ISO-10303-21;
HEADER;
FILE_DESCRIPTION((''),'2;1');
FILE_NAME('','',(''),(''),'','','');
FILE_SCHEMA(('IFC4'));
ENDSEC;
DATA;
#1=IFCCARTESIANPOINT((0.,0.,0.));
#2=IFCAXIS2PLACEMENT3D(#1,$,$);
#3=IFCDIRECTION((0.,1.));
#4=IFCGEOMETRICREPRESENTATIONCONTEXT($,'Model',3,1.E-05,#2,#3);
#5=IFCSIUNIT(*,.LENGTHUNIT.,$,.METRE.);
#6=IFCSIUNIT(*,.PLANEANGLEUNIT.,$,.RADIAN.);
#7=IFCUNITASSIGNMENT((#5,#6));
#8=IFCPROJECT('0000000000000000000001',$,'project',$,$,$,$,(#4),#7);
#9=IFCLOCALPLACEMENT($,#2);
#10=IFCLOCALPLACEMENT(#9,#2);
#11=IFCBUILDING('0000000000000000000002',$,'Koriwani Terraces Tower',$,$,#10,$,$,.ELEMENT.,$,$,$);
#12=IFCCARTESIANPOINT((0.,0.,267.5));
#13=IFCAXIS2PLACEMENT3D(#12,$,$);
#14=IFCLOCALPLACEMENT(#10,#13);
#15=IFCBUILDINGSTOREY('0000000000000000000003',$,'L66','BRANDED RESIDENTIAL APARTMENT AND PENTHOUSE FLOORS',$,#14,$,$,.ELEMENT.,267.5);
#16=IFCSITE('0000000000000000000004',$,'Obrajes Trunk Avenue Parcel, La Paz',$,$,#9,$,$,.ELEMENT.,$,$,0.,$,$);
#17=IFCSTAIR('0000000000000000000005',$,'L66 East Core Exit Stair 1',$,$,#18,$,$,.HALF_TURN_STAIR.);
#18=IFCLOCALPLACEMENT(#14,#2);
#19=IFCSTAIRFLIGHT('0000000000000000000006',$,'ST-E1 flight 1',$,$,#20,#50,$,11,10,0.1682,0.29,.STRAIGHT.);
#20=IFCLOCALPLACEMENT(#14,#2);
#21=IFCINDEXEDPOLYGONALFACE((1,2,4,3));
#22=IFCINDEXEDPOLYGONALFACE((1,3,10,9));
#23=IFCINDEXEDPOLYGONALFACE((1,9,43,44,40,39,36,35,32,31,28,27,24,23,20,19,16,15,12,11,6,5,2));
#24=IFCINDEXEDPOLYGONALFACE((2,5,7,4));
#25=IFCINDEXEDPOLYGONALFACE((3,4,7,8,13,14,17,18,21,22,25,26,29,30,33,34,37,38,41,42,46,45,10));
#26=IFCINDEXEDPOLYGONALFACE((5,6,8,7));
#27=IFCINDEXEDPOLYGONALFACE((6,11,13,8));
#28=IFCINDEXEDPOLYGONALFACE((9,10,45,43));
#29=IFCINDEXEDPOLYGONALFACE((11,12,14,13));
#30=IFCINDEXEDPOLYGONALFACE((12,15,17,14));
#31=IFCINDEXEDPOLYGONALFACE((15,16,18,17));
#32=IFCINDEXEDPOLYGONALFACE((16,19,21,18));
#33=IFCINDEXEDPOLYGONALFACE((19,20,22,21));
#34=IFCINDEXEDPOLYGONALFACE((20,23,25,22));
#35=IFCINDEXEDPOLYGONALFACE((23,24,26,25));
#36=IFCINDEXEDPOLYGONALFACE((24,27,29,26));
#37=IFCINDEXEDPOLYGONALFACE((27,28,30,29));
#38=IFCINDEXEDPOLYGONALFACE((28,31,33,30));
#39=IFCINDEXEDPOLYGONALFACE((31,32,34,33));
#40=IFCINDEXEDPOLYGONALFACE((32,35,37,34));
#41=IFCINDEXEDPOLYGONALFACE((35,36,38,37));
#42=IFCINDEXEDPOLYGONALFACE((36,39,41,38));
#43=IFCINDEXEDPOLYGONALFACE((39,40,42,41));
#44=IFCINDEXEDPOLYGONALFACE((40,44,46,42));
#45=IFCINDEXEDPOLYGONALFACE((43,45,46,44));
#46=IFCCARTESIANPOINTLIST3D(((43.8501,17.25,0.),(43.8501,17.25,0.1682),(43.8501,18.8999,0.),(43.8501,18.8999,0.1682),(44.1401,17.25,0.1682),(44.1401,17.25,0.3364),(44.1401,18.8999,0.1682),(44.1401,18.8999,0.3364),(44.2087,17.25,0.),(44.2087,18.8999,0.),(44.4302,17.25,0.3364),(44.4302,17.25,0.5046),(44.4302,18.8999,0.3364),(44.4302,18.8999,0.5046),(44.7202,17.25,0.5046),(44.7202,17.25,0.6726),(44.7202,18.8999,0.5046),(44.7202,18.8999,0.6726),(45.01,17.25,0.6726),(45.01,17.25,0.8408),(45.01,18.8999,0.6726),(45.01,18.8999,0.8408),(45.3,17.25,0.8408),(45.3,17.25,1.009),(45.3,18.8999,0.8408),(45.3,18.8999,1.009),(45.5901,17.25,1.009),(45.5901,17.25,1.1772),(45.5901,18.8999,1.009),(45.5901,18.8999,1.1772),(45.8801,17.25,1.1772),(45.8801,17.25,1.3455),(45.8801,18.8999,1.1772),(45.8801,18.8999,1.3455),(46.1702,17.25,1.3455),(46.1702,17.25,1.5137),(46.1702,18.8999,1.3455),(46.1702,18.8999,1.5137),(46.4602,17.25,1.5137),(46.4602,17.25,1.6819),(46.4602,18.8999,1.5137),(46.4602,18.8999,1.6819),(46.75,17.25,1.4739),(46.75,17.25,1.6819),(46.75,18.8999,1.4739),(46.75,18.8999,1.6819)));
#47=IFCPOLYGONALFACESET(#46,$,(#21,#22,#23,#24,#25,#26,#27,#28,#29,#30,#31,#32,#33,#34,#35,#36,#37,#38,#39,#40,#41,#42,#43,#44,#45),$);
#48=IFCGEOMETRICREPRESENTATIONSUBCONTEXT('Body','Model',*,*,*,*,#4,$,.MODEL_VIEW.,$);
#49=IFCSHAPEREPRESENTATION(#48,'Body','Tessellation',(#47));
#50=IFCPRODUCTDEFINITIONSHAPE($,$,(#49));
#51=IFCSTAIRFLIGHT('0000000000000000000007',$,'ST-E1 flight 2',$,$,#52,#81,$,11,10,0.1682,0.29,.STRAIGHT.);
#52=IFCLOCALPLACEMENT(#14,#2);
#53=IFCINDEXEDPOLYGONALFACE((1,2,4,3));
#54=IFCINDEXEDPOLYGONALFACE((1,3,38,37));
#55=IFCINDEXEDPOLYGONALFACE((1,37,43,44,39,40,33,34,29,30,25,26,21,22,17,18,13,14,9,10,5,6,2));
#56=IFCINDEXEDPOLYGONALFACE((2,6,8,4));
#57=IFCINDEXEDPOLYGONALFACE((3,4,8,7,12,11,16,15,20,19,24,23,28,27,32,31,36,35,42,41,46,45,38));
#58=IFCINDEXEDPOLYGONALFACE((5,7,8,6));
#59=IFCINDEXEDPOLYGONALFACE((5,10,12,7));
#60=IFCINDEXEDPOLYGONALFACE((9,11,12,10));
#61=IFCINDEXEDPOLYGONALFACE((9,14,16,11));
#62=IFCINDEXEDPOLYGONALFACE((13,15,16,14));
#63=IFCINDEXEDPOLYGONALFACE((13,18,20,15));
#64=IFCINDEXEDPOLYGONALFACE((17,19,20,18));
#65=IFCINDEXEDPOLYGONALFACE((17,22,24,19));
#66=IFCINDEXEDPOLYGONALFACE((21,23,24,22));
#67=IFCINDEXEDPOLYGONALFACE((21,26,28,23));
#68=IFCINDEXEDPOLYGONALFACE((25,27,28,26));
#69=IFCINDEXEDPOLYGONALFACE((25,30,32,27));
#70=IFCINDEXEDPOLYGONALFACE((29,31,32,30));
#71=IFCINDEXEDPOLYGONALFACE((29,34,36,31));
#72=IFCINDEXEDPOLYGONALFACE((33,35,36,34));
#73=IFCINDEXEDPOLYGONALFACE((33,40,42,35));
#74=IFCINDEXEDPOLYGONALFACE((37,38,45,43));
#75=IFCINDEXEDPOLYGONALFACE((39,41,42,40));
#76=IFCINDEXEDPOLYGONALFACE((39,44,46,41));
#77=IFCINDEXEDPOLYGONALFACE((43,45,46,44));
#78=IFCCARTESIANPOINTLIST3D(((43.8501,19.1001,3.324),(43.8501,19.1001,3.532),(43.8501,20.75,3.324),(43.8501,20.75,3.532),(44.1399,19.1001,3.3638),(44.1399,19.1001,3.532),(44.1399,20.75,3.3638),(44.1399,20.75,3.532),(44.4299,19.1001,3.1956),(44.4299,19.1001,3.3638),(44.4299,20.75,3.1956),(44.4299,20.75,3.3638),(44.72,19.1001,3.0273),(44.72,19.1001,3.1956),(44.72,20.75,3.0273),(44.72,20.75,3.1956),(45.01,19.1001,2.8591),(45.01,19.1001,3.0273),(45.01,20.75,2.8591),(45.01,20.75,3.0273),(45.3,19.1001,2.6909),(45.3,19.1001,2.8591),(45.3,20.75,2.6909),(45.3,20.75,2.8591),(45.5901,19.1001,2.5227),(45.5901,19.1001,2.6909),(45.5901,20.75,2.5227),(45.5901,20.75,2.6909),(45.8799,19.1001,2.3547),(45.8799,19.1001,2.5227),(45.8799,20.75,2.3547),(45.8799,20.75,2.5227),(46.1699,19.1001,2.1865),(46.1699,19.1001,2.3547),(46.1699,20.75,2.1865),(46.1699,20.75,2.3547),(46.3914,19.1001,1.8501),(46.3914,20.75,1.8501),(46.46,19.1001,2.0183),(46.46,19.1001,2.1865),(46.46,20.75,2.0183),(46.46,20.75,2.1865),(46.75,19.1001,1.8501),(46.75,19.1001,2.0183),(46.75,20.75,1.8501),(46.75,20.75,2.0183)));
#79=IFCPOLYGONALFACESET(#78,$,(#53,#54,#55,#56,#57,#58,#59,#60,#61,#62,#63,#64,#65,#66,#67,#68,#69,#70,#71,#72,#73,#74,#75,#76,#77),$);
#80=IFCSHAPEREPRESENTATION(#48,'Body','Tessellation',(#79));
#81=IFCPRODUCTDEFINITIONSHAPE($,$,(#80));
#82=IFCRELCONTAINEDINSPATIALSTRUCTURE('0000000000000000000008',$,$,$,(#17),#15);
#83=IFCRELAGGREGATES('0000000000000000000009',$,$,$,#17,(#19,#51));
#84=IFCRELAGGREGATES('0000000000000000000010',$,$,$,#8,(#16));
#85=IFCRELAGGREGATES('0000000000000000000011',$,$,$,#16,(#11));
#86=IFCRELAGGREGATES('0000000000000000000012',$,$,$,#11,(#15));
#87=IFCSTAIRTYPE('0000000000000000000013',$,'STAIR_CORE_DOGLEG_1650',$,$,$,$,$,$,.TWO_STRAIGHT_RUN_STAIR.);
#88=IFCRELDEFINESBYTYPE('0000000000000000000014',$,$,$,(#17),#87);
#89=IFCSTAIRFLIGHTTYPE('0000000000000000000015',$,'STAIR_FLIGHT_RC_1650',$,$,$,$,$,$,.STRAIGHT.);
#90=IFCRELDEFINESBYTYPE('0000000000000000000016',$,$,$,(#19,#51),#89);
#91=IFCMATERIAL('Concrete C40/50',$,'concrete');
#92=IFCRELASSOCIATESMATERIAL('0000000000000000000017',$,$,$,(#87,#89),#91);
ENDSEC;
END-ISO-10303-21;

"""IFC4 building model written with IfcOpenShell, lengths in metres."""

from ifc_helpers import new_model, si_unit, direction, frame, origin, place, context, subcontext, project, spatial, polyline, outline, extrude, material, type_object, element, aggregate, save


model = new_model("IFC4")

# Units and contexts
model_context = context("Model", 3, precision=1e-05, world=origin(), true_north=direction((0.0, 1.0)))
body_context = subcontext(model_context, "Body", "Model", "MODEL_VIEW")
ifc_project = project(units=[si_unit("LENGTHUNIT", "METRE"), si_unit("PLANEANGLEUNIT", "RADIAN")], contexts=[model_context])

# Site, building, storey
site_placement = place(None, origin())
site = spatial("IfcSite", under=ifc_project, at=site_placement, Name="Obrajes Trunk Avenue Parcel, La Paz", CompositionType="ELEMENT", RefElevation=0.0)
building_placement = place(site_placement, origin())
building = spatial("IfcBuilding", under=site, at=building_placement, Name="Koriwani Terraces Tower", CompositionType="ELEMENT")
storey_placement = place(building_placement, frame((0.0, 0.0, 267.5)))
storey = spatial("IfcBuildingStorey", under=building, at=storey_placement, Name="L66", Description="BRANDED RESIDENTIAL APARTMENT AND PENTHOUSE FLOORS", CompositionType="ELEMENT", Elevation=267.5)

# Shared definitions
ifc_material_1 = material(Name="Concrete C40/50", Category="concrete")

# Stair, stair flights
stair_type = type_object("IfcStairType", Name="STAIR_CORE_DOGLEG_1650", PredefinedType="TWO_STRAIGHT_RUN_STAIR", material=ifc_material_1)
stair_placement = place(storey_placement, origin())
stair = element("IfcStair", 1, at=stair_placement, inside=storey, type_object=stair_type, Name="L66 East Core Exit Stair 1", PredefinedType="HALF_TURN_STAIR")
stair_flight_type = type_object("IfcStairFlightType", Name="STAIR_FLIGHT_RC_1650", PredefinedType="STRAIGHT", material=ifc_material_1)
stair_flight_1_placement = place(storey_placement, frame((43.8501, 18.075, 0.0), z_axis=(0.0, 0.0, 1.0), x_axis=(1.0, 0.0, 0.0)))
stair_flight_1 = element("IfcStairFlight", 2, at=stair_flight_1_placement, type_object=stair_flight_type, Name="ST-E1 flight 1", NumberOfRisers=11, NumberOfTreads=10, PredefinedType="STRAIGHT", RiserHeight=0.1682, TreadLength=0.29, context=body_context, shape_type="SweptSolid", body=[
    extrude(outline(polyline([(0.0, 0.0), (0.0, 0.1682), (0.29, 0.1682), (0.29, 0.3364), (0.5801, 0.3364), (0.5801, 0.5046), (0.8701, 0.5046), (0.8701, 0.6726), (1.1599, 0.6726), (1.1599, 0.8408), (1.45, 0.8408), (1.45, 1.009), (1.74, 1.009), (1.74, 1.1772), (2.03, 1.1772), (2.03, 1.3455), (2.3201, 1.3455), (2.3201, 1.5137), (2.6101, 1.5137), (2.6101, 1.6819), (2.8999, 1.6819), (2.8999, 1.8501), (2.8999, 1.4739), (0.3586, 0.0), (0.0, 0.0)])), frame((0.0, 0.825, 0.0), z_axis=(0.0, -1.0, 0.0), x_axis=(1.0, 0.0, 0.0)), (0.0, 0.0, 1.0), 1.6499),
])
stair_flight_2_placement = place(storey_placement, frame((46.75, 19.925, 1.8501), z_axis=(0.0, 0.0, 1.0), x_axis=(-1.0, 0.0, 0.0)))
stair_flight_2 = element("IfcStairFlight", 3, at=stair_flight_2_placement, type_object=stair_flight_type, Name="ST-E1 flight 2", NumberOfRisers=11, NumberOfTreads=10, PredefinedType="STRAIGHT", RiserHeight=0.1682, TreadLength=0.29, context=body_context, shape_type="SweptSolid", body=[
    extrude(outline(polyline([(0.0, 0.0), (0.0, 0.1682), (0.29, 0.1682), (0.29, 0.3364), (0.5801, 0.3364), (0.5801, 0.5046), (0.8701, 0.5046), (0.8701, 0.6726), (1.1599, 0.6726), (1.1599, 0.8408), (1.45, 0.8408), (1.45, 1.009), (1.74, 1.009), (1.74, 1.1772), (2.03, 1.1772), (2.03, 1.3455), (2.3201, 1.3455), (2.3201, 1.5137), (2.6101, 1.5137), (2.6101, 1.6819), (2.8999, 1.6819), (2.8999, 1.8501), (2.8999, 1.4739), (0.3586, 0.0), (0.0, 0.0)])), frame((0.0, 0.825, 0.0), z_axis=(0.0, -1.0, 0.0), x_axis=(1.0, 0.0, 0.0)), (0.0, 0.0, 1.0), 1.6499),
])
aggregate(stair, [stair_flight_1, stair_flight_2])

save(model, "model.ifc")
